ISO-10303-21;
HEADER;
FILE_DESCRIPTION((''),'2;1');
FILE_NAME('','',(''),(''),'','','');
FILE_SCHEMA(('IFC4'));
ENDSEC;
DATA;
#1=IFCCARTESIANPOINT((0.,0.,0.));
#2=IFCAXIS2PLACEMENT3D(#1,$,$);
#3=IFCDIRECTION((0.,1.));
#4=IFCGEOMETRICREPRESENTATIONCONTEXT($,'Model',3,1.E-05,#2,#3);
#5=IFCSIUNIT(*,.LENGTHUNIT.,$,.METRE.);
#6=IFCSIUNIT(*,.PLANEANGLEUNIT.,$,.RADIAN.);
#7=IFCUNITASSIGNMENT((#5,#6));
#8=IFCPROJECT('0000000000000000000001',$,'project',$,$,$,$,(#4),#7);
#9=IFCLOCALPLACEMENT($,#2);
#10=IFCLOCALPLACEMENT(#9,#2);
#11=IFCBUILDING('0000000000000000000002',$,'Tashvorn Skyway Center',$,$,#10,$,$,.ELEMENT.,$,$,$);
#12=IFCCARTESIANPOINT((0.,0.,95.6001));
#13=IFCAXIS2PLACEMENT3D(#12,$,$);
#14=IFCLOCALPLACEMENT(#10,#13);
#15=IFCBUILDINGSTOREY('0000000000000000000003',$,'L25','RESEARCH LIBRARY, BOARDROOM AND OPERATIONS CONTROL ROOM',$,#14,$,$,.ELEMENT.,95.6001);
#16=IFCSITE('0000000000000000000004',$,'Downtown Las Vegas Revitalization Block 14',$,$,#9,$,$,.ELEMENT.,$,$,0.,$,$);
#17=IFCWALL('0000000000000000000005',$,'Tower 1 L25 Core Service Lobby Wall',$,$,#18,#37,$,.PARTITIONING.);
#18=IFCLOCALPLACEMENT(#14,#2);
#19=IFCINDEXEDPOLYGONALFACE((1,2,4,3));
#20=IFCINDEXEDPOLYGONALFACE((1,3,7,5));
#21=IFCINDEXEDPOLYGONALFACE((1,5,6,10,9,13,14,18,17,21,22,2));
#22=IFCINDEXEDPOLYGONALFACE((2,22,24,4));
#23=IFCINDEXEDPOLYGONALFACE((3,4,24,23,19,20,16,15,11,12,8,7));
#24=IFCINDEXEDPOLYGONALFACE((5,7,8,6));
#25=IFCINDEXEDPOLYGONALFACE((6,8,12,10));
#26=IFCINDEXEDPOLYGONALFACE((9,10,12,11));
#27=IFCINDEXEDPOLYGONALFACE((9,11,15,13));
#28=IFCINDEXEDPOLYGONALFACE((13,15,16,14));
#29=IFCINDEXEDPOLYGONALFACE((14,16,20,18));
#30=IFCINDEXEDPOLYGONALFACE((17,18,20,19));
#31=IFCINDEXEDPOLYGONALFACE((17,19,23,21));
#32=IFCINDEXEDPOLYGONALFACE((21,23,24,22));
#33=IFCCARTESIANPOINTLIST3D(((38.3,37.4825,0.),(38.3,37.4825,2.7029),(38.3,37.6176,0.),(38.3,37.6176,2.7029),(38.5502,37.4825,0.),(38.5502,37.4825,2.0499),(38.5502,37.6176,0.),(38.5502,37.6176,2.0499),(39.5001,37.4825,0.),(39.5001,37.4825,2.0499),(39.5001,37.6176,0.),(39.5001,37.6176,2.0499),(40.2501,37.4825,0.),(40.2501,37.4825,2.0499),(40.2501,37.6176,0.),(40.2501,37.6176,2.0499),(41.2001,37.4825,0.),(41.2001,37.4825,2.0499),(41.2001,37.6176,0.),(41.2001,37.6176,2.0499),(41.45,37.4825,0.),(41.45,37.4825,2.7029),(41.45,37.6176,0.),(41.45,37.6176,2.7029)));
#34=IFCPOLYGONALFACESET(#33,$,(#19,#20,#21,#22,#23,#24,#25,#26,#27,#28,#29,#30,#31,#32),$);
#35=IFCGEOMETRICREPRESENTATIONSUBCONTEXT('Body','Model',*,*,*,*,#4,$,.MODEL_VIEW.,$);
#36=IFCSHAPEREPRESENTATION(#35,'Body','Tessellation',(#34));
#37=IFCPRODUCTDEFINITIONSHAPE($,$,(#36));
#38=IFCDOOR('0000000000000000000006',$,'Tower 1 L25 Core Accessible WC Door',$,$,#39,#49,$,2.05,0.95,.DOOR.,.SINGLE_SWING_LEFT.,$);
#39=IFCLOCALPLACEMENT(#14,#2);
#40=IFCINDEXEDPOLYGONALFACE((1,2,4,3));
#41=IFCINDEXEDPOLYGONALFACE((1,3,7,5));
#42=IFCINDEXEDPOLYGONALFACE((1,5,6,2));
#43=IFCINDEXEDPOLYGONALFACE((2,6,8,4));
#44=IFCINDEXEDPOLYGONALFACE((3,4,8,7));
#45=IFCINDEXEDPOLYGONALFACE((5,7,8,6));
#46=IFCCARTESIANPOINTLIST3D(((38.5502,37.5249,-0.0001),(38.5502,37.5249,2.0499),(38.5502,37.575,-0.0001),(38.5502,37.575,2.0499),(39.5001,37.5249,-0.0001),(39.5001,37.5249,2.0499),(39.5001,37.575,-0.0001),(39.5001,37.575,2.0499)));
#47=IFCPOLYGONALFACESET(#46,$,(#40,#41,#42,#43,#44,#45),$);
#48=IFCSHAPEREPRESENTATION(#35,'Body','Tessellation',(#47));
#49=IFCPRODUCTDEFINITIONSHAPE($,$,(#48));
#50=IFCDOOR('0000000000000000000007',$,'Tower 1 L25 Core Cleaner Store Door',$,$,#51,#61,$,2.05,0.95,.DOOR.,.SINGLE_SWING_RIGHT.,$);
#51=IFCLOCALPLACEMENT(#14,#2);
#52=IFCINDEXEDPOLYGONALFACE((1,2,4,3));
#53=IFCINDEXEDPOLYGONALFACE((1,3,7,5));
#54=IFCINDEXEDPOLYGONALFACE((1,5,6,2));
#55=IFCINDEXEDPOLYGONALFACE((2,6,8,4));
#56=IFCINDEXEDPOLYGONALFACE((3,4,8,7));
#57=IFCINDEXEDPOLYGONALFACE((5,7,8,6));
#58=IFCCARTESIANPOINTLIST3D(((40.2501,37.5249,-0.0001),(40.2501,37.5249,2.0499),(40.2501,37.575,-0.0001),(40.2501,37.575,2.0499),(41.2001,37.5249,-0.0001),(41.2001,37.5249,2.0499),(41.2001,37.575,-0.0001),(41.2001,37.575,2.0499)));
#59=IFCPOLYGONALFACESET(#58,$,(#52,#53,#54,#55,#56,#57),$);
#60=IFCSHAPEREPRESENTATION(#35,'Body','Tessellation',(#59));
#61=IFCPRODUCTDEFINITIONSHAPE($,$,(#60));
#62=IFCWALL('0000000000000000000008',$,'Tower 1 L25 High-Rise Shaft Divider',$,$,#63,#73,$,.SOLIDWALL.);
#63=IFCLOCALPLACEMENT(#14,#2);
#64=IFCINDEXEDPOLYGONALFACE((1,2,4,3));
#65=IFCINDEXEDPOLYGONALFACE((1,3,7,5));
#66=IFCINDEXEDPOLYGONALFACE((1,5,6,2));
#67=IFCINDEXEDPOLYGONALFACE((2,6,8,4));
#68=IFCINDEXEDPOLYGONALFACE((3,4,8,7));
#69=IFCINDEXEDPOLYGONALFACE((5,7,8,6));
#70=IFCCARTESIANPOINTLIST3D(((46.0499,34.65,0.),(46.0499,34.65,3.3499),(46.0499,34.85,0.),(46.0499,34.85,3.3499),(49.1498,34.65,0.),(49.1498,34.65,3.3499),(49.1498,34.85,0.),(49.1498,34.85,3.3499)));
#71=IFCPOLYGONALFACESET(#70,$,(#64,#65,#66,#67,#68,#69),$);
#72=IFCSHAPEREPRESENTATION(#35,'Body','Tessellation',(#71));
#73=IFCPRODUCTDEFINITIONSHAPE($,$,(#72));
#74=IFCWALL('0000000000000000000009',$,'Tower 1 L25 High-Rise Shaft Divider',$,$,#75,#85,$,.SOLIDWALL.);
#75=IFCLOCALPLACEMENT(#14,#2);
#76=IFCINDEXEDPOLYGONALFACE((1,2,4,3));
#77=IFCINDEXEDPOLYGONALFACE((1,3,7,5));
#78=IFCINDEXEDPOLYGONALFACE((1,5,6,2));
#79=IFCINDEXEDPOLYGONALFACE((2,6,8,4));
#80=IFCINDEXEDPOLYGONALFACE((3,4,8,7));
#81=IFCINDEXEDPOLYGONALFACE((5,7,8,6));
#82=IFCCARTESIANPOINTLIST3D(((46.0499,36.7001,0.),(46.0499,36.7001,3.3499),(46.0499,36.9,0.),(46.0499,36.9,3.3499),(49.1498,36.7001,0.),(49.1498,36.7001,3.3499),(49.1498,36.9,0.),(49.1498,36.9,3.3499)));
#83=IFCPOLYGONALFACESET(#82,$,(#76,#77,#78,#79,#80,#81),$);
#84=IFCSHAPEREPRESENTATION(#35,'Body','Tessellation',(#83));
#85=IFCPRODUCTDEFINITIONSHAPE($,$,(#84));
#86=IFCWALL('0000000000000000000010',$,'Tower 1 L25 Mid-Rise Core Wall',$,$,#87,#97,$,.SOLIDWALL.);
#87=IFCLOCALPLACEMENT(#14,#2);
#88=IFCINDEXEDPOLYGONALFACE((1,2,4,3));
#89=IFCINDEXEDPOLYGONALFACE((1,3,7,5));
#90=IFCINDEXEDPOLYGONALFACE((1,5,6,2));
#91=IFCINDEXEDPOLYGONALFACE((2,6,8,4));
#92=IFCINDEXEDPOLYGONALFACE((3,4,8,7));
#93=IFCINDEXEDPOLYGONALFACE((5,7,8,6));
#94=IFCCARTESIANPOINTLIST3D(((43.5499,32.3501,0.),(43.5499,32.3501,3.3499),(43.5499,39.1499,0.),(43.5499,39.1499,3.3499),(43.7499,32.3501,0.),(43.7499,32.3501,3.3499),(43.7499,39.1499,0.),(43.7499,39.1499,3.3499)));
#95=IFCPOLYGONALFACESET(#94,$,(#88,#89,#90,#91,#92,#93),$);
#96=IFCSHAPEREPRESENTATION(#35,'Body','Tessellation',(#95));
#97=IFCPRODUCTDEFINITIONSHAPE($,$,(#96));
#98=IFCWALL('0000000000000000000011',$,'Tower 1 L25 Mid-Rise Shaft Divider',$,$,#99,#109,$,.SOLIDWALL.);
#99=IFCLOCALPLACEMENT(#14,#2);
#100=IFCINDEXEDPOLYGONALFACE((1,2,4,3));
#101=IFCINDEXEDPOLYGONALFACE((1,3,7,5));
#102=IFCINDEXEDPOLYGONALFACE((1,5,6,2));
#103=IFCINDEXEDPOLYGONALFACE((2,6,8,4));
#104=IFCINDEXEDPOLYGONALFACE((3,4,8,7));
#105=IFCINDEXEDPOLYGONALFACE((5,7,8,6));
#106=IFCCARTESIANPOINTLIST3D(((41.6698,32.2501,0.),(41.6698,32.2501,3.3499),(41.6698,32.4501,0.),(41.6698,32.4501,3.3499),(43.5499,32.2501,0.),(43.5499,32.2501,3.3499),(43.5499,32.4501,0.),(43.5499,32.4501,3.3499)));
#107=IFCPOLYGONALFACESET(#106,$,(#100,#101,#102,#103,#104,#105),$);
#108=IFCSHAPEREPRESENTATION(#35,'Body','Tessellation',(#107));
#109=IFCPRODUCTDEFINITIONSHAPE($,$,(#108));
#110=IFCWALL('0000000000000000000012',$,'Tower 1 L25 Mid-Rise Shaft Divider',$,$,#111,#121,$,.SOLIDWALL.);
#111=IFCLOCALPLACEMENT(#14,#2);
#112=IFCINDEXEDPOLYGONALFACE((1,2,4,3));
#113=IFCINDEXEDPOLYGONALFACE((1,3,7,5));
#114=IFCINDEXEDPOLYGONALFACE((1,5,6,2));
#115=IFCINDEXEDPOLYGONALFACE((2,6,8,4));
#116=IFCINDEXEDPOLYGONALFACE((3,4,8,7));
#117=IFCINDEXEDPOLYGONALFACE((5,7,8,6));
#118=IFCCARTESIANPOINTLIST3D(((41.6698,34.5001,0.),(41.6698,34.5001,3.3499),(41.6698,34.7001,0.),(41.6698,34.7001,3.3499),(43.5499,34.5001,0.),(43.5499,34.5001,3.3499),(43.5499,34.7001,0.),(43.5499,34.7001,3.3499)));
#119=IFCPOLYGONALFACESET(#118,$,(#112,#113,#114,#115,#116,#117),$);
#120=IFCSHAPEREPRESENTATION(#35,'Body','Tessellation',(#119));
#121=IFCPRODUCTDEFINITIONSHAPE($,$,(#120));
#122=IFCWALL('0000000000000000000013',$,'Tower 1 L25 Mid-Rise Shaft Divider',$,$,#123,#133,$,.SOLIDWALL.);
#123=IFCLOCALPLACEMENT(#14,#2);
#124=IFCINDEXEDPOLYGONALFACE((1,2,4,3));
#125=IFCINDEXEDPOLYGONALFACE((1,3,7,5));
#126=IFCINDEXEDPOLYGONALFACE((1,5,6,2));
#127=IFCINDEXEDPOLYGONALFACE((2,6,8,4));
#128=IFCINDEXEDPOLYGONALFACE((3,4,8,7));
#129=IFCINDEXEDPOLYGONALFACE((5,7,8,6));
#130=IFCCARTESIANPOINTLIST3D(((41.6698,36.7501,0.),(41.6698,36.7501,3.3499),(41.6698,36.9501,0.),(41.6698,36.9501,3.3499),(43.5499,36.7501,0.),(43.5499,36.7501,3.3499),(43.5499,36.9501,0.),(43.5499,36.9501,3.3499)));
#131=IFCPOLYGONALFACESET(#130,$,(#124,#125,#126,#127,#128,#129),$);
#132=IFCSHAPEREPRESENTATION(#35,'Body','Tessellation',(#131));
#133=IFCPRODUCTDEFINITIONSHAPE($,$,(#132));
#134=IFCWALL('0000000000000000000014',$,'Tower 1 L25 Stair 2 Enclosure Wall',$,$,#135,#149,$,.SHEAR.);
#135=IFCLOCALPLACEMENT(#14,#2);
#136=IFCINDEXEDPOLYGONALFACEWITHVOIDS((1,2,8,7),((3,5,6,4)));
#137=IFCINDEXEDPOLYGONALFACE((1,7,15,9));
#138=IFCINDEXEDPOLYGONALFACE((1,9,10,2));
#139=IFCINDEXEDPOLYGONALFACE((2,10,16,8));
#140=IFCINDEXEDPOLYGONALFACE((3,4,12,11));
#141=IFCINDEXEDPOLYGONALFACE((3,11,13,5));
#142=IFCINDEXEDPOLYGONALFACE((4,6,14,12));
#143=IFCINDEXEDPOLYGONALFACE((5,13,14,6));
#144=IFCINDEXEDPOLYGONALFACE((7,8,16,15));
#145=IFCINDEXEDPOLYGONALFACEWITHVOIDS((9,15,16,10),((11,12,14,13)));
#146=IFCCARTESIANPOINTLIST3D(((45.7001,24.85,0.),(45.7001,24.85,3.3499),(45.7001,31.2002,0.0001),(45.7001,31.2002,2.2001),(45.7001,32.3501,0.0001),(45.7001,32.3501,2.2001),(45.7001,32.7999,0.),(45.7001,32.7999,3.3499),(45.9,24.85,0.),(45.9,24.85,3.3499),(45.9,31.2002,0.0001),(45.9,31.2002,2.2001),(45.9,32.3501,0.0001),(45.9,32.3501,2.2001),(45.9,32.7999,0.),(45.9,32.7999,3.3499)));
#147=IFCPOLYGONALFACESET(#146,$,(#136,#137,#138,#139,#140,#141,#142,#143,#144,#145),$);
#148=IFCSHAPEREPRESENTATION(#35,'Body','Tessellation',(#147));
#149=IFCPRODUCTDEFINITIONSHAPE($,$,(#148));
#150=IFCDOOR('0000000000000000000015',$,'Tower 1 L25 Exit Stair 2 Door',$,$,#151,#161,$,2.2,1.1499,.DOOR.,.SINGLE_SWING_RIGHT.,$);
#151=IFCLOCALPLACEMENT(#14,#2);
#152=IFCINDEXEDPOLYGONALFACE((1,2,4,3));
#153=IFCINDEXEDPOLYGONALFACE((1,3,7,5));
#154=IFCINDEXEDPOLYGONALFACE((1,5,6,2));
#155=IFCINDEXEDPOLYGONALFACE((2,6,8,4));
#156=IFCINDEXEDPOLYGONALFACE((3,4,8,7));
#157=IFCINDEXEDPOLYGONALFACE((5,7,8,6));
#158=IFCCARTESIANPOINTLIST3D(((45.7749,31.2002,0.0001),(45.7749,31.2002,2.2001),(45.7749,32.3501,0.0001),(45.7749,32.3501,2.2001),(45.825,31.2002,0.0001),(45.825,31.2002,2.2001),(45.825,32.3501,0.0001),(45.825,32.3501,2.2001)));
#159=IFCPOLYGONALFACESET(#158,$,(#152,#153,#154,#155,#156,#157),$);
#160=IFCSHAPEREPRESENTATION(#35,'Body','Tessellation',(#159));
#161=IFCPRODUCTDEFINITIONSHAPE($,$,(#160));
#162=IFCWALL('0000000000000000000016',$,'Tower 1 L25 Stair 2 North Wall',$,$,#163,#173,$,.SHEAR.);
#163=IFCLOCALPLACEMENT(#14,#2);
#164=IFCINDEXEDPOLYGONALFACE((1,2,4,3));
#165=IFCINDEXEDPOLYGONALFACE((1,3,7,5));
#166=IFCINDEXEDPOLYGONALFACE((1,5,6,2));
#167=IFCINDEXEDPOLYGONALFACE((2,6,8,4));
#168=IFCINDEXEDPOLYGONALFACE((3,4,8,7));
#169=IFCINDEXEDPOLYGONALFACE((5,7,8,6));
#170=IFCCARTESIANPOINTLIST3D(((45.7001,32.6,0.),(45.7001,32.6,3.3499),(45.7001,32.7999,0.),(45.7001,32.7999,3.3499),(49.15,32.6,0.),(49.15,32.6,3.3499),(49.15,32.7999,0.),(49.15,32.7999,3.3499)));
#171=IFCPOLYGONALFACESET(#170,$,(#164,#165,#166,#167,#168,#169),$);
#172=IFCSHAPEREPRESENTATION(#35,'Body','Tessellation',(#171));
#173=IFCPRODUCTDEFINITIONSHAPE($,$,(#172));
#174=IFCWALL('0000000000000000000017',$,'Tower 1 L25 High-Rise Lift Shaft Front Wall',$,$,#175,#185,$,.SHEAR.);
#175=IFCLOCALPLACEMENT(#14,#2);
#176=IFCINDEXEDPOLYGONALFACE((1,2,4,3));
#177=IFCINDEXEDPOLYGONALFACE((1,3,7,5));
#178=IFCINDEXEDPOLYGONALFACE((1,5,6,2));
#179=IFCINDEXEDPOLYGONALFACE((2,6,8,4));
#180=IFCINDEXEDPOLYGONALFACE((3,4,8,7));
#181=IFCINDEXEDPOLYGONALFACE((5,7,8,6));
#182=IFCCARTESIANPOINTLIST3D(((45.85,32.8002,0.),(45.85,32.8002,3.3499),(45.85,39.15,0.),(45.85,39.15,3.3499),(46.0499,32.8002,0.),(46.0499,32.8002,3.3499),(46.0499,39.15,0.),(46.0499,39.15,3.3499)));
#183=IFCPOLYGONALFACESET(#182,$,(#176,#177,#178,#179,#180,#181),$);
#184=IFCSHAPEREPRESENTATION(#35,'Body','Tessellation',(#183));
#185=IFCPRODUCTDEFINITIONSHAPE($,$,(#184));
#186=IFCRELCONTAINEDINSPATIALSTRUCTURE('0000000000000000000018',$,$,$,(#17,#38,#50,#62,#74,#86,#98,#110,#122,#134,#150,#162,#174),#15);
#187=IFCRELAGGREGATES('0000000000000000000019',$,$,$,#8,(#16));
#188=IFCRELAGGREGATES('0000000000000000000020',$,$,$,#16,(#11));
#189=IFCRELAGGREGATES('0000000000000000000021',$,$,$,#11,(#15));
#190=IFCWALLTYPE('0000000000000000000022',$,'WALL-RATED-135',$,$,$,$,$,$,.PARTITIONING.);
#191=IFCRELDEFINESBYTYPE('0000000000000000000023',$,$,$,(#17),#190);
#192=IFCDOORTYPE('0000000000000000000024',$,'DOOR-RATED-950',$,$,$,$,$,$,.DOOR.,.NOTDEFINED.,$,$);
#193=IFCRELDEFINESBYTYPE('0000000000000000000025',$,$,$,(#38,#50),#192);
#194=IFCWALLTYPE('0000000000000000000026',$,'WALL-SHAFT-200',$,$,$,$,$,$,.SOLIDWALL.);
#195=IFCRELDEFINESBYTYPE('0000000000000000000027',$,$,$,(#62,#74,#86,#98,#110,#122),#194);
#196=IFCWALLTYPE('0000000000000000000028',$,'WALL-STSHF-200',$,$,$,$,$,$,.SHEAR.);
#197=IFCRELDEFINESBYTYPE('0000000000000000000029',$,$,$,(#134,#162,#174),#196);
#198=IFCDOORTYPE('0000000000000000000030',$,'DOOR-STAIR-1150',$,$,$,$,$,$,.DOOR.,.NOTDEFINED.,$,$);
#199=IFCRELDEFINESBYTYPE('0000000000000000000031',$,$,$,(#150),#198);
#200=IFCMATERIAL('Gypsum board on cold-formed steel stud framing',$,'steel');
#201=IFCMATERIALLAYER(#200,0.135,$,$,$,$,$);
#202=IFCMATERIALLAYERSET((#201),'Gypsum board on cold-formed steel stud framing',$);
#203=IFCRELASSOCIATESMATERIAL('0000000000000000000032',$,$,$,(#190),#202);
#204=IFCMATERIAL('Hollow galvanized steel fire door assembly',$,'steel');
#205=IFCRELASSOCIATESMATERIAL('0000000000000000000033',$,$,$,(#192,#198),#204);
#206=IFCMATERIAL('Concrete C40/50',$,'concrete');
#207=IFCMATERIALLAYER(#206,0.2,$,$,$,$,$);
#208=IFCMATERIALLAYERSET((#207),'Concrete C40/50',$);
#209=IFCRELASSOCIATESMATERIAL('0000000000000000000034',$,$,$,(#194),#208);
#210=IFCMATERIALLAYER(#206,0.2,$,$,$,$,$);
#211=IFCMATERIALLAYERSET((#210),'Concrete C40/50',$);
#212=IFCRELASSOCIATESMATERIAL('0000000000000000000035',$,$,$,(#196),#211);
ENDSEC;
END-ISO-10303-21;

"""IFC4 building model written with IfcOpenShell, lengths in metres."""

from ifc_helpers import new_model, si_unit, direction, frame, frame_2d, origin, place, context, subcontext, project, spatial, rectangle, extrude, material, layer, layer_set, type_object, element, fill, save


model = new_model("IFC4")

# Units and contexts
model_context = context("Model", 3, precision=1e-05, world=origin(), true_north=direction((0.0, 1.0)))
body_context = subcontext(model_context, "Body", "Model", "MODEL_VIEW")
ifc_project = project(units=[si_unit("LENGTHUNIT", "METRE"), si_unit("PLANEANGLEUNIT", "RADIAN")], contexts=[model_context])

# Site, building, storey
site_placement = place(None, origin())
site = spatial("IfcSite", under=ifc_project, at=site_placement, Name="Downtown Las Vegas Revitalization Block 14", CompositionType="ELEMENT", RefElevation=0.0)
building_placement = place(site_placement, origin())
building = spatial("IfcBuilding", under=site, at=building_placement, Name="Tashvorn Skyway Center", CompositionType="ELEMENT")
storey_placement = place(building_placement, frame((0.0, 0.0, 95.6001)))
storey = spatial("IfcBuildingStorey", under=building, at=storey_placement, Name="L25", Description="RESEARCH LIBRARY, BOARDROOM AND OPERATIONS CONTROL ROOM", CompositionType="ELEMENT", Elevation=95.6001)

# Shared definitions
ifc_material_1 = material(Name="Concrete C40/50", Category="concrete")
ifc_material_2 = material(Name="Gypsum board on cold-formed steel stud framing", Category="steel")

# Wall, openings, doors
ifc_layer_1 = layer(ifc_material_2, 0.135)
ifc_layer_set_1 = layer_set([ifc_layer_1], Name="Gypsum board on cold-formed steel stud framing")
wall_type_1 = type_object("IfcWallType", Name="WALL-RATED-135", PredefinedType="PARTITIONING", material=ifc_layer_set_1)
wall_1_placement = place(storey_placement, frame((38.3, 37.55, 0.0), z_axis=(0.0, 0.0, 1.0), x_axis=(1.0, 0.0, 0.0)))
wall_1 = element("IfcWall", 1, at=wall_1_placement, inside=storey, type_object=wall_type_1, Name="Tower 1 L25 Core Service Lobby Wall", PredefinedType="PARTITIONING", context=body_context, shape_type="SweptSolid", body=[
    extrude(rectangle(XDim=3.1499, YDim=0.135, at=frame_2d((1.575, 0.0))), origin(), (0.0, 0.0, 1.0), 2.7029),
])
opening_1_placement = place(wall_1_placement, frame((0.25, 0.0, 0.0)))
opening_1 = element("IfcOpeningElement", 2, at=opening_1_placement, cuts=wall_1, PredefinedType="OPENING", context=body_context, shape_type="SweptSolid", body=[
    extrude(rectangle(XDim=0.95, YDim=2.05, at=frame_2d((0.4751, 1.0249))), frame((0.0, 0.0774, 0.0), z_axis=(0.0, -1.0, 0.0), x_axis=(1.0, 0.0, 0.0)), (0.0, 0.0, 1.0), 0.155),
])
opening_2_placement = place(wall_1_placement, frame((1.95, 0.0, 0.0)))
opening_2 = element("IfcOpeningElement", 3, at=opening_2_placement, cuts=wall_1, PredefinedType="OPENING", context=body_context, shape_type="SweptSolid", body=[
    extrude(rectangle(XDim=0.95, YDim=2.05, at=frame_2d((0.4751, 1.0249))), frame((0.0, 0.0774, 0.0), z_axis=(0.0, -1.0, 0.0), x_axis=(1.0, 0.0, 0.0)), (0.0, 0.0, 1.0), 0.155),
])
ifc_material_3 = material(Name="Hollow galvanized steel fire door assembly", Category="steel")
door_type_1 = type_object("IfcDoorType", Name="DOOR-RATED-950", OperationType="NOTDEFINED", PredefinedType="DOOR", material=ifc_material_3)
door_1_placement = place(opening_1_placement, origin())
door_1 = element("IfcDoor", 4, at=door_1_placement, inside=storey, type_object=door_type_1, Name="Tower 1 L25 Core Accessible WC Door", OperationType="SINGLE_SWING_LEFT", OverallHeight=2.05, OverallWidth=0.95, PredefinedType="DOOR", context=body_context, shape_type="SweptSolid", body=[
    extrude(rectangle(XDim=0.95, YDim=2.05, at=frame_2d((0.4751, 1.0249))), frame((0.0, 0.0249, 0.0), z_axis=(0.0, -1.0, 0.0), x_axis=(1.0, 0.0, 0.0)), (0.0, 0.0, 1.0), 0.05),
])
fill(opening_1, door_1)
door_2_placement = place(opening_2_placement, origin())
door_2 = element("IfcDoor", 5, at=door_2_placement, inside=storey, type_object=door_type_1, Name="Tower 1 L25 Core Cleaner Store Door", OperationType="SINGLE_SWING_RIGHT", OverallHeight=2.05, OverallWidth=0.95, PredefinedType="DOOR", context=body_context, shape_type="SweptSolid", body=[
    extrude(rectangle(XDim=0.95, YDim=2.05, at=frame_2d((0.4751, 1.0249))), frame((0.0, 0.0249, 0.0), z_axis=(0.0, -1.0, 0.0), x_axis=(1.0, 0.0, 0.0)), (0.0, 0.0, 1.0), 0.05),
])
fill(opening_2, door_2)

# Walls
ifc_layer_2 = layer(ifc_material_1, 0.2)
ifc_layer_set_2 = layer_set([ifc_layer_2], Name="Concrete C40/50")
wall_type_2 = type_object("IfcWallType", Name="WALL-SHAFT-200", PredefinedType="SOLIDWALL", material=ifc_layer_set_2)
for number, where, z_axis, x_axis, name in (
    (6, (46.05, 34.75, 0.0), (0.0, 0.0, 1.0), (1.0, 0.0, 0.0), "Tower 1 L25 High-Rise Shaft Divider"),
    (7, (46.05, 36.8, 0.0), (0.0, 0.0, 1.0), (1.0, 0.0, 0.0), "Tower 1 L25 High-Rise Shaft Divider"),
):
    element("IfcWall", number, at=place(storey_placement, frame(where, z_axis=z_axis, x_axis=x_axis)), inside=storey, type_object=wall_type_2, Name=name, PredefinedType="SOLIDWALL", context=body_context, shape_type="SweptSolid", body=[
        extrude(rectangle(XDim=3.0999, YDim=0.2, at=frame_2d((1.5498, 0.0))), origin(), (0.0, 0.0, 1.0), 3.3499),
    ])
wall_2_placement = place(storey_placement, frame((43.6499, 32.3501, 0.0), z_axis=(0.0, 0.0, 1.0), x_axis=(0.0, 1.0, 0.0)))
element("IfcWall", 8, at=wall_2_placement, inside=storey, type_object=wall_type_2, Name="Tower 1 L25 Mid-Rise Core Wall", PredefinedType="SOLIDWALL", context=body_context, shape_type="SweptSolid", body=[
    extrude(rectangle(XDim=6.7998, YDim=0.2, at=frame_2d((3.3999, 0.0))), origin(), (0.0, 0.0, 1.0), 3.3499),
])
for number, where, z_axis, x_axis, name in (
    (9, (41.6699, 32.3501, 0.0), (0.0, 0.0, 1.0), (1.0, 0.0, 0.0), "Tower 1 L25 Mid-Rise Shaft Divider"),
    (10, (41.6699, 34.6001, 0.0), (0.0, 0.0, 1.0), (1.0, 0.0, 0.0), "Tower 1 L25 Mid-Rise Shaft Divider"),
    (11, (41.6699, 36.8501, 0.0), (0.0, 0.0, 1.0), (1.0, 0.0, 0.0), "Tower 1 L25 Mid-Rise Shaft Divider"),
):
    element("IfcWall", number, at=place(storey_placement, frame(where, z_axis=z_axis, x_axis=x_axis)), inside=storey, type_object=wall_type_2, Name=name, PredefinedType="SOLIDWALL", context=body_context, shape_type="SweptSolid", body=[
        extrude(rectangle(XDim=1.8801, YDim=0.2, at=frame_2d((0.9399, 0.0))), origin(), (0.0, 0.0, 1.0), 3.3499),
    ])

# Wall, opening, door
ifc_layer_3 = layer(ifc_material_1, 0.2)
ifc_layer_set_3 = layer_set([ifc_layer_3], Name="Concrete C40/50")
wall_type_3 = type_object("IfcWallType", Name="WALL-STSHF-200", PredefinedType="SHEAR", material=ifc_layer_set_3)
wall_3_placement = place(storey_placement, frame((45.8, 32.8, 0.0), z_axis=(0.0, 0.0, 1.0), x_axis=(0.0, -1.0, 0.0)))
wall_3 = element("IfcWall", 12, at=wall_3_placement, inside=storey, type_object=wall_type_3, Name="Tower 1 L25 Stair 2 Enclosure Wall", PredefinedType="SHEAR", context=body_context, shape_type="SweptSolid", body=[
    extrude(rectangle(XDim=7.95, YDim=0.2, at=frame_2d((3.9751, 0.0))), origin(), (0.0, 0.0, 1.0), 3.3499),
])
opening_3_placement = place(wall_3_placement, frame((0.45, 0.0, 0.0)))
opening_3 = element("IfcOpeningElement", 13, at=opening_3_placement, cuts=wall_3, PredefinedType="OPENING", context=body_context, shape_type="SweptSolid", body=[
    extrude(rectangle(XDim=1.1499, YDim=2.2, at=frame_2d((0.575, 1.1001))), frame((0.0, 0.1099, 0.0), z_axis=(0.0, -1.0, 0.0), x_axis=(1.0, 0.0, 0.0)), (0.0, 0.0, 1.0), 0.22),
])
door_type_2 = type_object("IfcDoorType", Name="DOOR-STAIR-1150", OperationType="NOTDEFINED", PredefinedType="DOOR", material=ifc_material_3)
door_3_placement = place(opening_3_placement, origin())
door_3 = element("IfcDoor", 14, at=door_3_placement, inside=storey, type_object=door_type_2, Name="Tower 1 L25 Exit Stair 2 Door", OperationType="SINGLE_SWING_RIGHT", OverallHeight=2.2, OverallWidth=1.1499, PredefinedType="DOOR", context=body_context, shape_type="SweptSolid", body=[
    extrude(rectangle(XDim=1.1499, YDim=2.2, at=frame_2d((0.575, 1.1001))), frame((0.0, 0.0249, 0.0), z_axis=(0.0, -1.0, 0.0), x_axis=(1.0, 0.0, 0.0)), (0.0, 0.0, 1.0), 0.05),
])
fill(opening_3, door_3)

# Walls
wall_4_placement = place(storey_placement, frame((45.7, 32.7, 0.0), z_axis=(0.0, 0.0, 1.0), x_axis=(1.0, 0.0, 0.0)))
element("IfcWall", 15, at=wall_4_placement, inside=storey, type_object=wall_type_3, Name="Tower 1 L25 Stair 2 North Wall", PredefinedType="SHEAR", context=body_context, shape_type="SweptSolid", body=[
    extrude(rectangle(XDim=3.45, YDim=0.2, at=frame_2d((1.7251, 0.0))), origin(), (0.0, 0.0, 1.0), 3.3499),
])
wall_5_placement = place(storey_placement, frame((45.95, 39.1499, 0.0), z_axis=(0.0, 0.0, 1.0), x_axis=(0.0, -1.0, 0.0)))
element("IfcWall", 16, at=wall_5_placement, inside=storey, type_object=wall_type_3, Name="Tower 1 L25 High-Rise Lift Shaft Front Wall", PredefinedType="SHEAR", context=body_context, shape_type="SweptSolid", body=[
    extrude(rectangle(XDim=6.3499, YDim=0.2, at=frame_2d((3.1748, 0.0))), origin(), (0.0, 0.0, 1.0), 3.3499),
])

save(model, "model.ifc")
